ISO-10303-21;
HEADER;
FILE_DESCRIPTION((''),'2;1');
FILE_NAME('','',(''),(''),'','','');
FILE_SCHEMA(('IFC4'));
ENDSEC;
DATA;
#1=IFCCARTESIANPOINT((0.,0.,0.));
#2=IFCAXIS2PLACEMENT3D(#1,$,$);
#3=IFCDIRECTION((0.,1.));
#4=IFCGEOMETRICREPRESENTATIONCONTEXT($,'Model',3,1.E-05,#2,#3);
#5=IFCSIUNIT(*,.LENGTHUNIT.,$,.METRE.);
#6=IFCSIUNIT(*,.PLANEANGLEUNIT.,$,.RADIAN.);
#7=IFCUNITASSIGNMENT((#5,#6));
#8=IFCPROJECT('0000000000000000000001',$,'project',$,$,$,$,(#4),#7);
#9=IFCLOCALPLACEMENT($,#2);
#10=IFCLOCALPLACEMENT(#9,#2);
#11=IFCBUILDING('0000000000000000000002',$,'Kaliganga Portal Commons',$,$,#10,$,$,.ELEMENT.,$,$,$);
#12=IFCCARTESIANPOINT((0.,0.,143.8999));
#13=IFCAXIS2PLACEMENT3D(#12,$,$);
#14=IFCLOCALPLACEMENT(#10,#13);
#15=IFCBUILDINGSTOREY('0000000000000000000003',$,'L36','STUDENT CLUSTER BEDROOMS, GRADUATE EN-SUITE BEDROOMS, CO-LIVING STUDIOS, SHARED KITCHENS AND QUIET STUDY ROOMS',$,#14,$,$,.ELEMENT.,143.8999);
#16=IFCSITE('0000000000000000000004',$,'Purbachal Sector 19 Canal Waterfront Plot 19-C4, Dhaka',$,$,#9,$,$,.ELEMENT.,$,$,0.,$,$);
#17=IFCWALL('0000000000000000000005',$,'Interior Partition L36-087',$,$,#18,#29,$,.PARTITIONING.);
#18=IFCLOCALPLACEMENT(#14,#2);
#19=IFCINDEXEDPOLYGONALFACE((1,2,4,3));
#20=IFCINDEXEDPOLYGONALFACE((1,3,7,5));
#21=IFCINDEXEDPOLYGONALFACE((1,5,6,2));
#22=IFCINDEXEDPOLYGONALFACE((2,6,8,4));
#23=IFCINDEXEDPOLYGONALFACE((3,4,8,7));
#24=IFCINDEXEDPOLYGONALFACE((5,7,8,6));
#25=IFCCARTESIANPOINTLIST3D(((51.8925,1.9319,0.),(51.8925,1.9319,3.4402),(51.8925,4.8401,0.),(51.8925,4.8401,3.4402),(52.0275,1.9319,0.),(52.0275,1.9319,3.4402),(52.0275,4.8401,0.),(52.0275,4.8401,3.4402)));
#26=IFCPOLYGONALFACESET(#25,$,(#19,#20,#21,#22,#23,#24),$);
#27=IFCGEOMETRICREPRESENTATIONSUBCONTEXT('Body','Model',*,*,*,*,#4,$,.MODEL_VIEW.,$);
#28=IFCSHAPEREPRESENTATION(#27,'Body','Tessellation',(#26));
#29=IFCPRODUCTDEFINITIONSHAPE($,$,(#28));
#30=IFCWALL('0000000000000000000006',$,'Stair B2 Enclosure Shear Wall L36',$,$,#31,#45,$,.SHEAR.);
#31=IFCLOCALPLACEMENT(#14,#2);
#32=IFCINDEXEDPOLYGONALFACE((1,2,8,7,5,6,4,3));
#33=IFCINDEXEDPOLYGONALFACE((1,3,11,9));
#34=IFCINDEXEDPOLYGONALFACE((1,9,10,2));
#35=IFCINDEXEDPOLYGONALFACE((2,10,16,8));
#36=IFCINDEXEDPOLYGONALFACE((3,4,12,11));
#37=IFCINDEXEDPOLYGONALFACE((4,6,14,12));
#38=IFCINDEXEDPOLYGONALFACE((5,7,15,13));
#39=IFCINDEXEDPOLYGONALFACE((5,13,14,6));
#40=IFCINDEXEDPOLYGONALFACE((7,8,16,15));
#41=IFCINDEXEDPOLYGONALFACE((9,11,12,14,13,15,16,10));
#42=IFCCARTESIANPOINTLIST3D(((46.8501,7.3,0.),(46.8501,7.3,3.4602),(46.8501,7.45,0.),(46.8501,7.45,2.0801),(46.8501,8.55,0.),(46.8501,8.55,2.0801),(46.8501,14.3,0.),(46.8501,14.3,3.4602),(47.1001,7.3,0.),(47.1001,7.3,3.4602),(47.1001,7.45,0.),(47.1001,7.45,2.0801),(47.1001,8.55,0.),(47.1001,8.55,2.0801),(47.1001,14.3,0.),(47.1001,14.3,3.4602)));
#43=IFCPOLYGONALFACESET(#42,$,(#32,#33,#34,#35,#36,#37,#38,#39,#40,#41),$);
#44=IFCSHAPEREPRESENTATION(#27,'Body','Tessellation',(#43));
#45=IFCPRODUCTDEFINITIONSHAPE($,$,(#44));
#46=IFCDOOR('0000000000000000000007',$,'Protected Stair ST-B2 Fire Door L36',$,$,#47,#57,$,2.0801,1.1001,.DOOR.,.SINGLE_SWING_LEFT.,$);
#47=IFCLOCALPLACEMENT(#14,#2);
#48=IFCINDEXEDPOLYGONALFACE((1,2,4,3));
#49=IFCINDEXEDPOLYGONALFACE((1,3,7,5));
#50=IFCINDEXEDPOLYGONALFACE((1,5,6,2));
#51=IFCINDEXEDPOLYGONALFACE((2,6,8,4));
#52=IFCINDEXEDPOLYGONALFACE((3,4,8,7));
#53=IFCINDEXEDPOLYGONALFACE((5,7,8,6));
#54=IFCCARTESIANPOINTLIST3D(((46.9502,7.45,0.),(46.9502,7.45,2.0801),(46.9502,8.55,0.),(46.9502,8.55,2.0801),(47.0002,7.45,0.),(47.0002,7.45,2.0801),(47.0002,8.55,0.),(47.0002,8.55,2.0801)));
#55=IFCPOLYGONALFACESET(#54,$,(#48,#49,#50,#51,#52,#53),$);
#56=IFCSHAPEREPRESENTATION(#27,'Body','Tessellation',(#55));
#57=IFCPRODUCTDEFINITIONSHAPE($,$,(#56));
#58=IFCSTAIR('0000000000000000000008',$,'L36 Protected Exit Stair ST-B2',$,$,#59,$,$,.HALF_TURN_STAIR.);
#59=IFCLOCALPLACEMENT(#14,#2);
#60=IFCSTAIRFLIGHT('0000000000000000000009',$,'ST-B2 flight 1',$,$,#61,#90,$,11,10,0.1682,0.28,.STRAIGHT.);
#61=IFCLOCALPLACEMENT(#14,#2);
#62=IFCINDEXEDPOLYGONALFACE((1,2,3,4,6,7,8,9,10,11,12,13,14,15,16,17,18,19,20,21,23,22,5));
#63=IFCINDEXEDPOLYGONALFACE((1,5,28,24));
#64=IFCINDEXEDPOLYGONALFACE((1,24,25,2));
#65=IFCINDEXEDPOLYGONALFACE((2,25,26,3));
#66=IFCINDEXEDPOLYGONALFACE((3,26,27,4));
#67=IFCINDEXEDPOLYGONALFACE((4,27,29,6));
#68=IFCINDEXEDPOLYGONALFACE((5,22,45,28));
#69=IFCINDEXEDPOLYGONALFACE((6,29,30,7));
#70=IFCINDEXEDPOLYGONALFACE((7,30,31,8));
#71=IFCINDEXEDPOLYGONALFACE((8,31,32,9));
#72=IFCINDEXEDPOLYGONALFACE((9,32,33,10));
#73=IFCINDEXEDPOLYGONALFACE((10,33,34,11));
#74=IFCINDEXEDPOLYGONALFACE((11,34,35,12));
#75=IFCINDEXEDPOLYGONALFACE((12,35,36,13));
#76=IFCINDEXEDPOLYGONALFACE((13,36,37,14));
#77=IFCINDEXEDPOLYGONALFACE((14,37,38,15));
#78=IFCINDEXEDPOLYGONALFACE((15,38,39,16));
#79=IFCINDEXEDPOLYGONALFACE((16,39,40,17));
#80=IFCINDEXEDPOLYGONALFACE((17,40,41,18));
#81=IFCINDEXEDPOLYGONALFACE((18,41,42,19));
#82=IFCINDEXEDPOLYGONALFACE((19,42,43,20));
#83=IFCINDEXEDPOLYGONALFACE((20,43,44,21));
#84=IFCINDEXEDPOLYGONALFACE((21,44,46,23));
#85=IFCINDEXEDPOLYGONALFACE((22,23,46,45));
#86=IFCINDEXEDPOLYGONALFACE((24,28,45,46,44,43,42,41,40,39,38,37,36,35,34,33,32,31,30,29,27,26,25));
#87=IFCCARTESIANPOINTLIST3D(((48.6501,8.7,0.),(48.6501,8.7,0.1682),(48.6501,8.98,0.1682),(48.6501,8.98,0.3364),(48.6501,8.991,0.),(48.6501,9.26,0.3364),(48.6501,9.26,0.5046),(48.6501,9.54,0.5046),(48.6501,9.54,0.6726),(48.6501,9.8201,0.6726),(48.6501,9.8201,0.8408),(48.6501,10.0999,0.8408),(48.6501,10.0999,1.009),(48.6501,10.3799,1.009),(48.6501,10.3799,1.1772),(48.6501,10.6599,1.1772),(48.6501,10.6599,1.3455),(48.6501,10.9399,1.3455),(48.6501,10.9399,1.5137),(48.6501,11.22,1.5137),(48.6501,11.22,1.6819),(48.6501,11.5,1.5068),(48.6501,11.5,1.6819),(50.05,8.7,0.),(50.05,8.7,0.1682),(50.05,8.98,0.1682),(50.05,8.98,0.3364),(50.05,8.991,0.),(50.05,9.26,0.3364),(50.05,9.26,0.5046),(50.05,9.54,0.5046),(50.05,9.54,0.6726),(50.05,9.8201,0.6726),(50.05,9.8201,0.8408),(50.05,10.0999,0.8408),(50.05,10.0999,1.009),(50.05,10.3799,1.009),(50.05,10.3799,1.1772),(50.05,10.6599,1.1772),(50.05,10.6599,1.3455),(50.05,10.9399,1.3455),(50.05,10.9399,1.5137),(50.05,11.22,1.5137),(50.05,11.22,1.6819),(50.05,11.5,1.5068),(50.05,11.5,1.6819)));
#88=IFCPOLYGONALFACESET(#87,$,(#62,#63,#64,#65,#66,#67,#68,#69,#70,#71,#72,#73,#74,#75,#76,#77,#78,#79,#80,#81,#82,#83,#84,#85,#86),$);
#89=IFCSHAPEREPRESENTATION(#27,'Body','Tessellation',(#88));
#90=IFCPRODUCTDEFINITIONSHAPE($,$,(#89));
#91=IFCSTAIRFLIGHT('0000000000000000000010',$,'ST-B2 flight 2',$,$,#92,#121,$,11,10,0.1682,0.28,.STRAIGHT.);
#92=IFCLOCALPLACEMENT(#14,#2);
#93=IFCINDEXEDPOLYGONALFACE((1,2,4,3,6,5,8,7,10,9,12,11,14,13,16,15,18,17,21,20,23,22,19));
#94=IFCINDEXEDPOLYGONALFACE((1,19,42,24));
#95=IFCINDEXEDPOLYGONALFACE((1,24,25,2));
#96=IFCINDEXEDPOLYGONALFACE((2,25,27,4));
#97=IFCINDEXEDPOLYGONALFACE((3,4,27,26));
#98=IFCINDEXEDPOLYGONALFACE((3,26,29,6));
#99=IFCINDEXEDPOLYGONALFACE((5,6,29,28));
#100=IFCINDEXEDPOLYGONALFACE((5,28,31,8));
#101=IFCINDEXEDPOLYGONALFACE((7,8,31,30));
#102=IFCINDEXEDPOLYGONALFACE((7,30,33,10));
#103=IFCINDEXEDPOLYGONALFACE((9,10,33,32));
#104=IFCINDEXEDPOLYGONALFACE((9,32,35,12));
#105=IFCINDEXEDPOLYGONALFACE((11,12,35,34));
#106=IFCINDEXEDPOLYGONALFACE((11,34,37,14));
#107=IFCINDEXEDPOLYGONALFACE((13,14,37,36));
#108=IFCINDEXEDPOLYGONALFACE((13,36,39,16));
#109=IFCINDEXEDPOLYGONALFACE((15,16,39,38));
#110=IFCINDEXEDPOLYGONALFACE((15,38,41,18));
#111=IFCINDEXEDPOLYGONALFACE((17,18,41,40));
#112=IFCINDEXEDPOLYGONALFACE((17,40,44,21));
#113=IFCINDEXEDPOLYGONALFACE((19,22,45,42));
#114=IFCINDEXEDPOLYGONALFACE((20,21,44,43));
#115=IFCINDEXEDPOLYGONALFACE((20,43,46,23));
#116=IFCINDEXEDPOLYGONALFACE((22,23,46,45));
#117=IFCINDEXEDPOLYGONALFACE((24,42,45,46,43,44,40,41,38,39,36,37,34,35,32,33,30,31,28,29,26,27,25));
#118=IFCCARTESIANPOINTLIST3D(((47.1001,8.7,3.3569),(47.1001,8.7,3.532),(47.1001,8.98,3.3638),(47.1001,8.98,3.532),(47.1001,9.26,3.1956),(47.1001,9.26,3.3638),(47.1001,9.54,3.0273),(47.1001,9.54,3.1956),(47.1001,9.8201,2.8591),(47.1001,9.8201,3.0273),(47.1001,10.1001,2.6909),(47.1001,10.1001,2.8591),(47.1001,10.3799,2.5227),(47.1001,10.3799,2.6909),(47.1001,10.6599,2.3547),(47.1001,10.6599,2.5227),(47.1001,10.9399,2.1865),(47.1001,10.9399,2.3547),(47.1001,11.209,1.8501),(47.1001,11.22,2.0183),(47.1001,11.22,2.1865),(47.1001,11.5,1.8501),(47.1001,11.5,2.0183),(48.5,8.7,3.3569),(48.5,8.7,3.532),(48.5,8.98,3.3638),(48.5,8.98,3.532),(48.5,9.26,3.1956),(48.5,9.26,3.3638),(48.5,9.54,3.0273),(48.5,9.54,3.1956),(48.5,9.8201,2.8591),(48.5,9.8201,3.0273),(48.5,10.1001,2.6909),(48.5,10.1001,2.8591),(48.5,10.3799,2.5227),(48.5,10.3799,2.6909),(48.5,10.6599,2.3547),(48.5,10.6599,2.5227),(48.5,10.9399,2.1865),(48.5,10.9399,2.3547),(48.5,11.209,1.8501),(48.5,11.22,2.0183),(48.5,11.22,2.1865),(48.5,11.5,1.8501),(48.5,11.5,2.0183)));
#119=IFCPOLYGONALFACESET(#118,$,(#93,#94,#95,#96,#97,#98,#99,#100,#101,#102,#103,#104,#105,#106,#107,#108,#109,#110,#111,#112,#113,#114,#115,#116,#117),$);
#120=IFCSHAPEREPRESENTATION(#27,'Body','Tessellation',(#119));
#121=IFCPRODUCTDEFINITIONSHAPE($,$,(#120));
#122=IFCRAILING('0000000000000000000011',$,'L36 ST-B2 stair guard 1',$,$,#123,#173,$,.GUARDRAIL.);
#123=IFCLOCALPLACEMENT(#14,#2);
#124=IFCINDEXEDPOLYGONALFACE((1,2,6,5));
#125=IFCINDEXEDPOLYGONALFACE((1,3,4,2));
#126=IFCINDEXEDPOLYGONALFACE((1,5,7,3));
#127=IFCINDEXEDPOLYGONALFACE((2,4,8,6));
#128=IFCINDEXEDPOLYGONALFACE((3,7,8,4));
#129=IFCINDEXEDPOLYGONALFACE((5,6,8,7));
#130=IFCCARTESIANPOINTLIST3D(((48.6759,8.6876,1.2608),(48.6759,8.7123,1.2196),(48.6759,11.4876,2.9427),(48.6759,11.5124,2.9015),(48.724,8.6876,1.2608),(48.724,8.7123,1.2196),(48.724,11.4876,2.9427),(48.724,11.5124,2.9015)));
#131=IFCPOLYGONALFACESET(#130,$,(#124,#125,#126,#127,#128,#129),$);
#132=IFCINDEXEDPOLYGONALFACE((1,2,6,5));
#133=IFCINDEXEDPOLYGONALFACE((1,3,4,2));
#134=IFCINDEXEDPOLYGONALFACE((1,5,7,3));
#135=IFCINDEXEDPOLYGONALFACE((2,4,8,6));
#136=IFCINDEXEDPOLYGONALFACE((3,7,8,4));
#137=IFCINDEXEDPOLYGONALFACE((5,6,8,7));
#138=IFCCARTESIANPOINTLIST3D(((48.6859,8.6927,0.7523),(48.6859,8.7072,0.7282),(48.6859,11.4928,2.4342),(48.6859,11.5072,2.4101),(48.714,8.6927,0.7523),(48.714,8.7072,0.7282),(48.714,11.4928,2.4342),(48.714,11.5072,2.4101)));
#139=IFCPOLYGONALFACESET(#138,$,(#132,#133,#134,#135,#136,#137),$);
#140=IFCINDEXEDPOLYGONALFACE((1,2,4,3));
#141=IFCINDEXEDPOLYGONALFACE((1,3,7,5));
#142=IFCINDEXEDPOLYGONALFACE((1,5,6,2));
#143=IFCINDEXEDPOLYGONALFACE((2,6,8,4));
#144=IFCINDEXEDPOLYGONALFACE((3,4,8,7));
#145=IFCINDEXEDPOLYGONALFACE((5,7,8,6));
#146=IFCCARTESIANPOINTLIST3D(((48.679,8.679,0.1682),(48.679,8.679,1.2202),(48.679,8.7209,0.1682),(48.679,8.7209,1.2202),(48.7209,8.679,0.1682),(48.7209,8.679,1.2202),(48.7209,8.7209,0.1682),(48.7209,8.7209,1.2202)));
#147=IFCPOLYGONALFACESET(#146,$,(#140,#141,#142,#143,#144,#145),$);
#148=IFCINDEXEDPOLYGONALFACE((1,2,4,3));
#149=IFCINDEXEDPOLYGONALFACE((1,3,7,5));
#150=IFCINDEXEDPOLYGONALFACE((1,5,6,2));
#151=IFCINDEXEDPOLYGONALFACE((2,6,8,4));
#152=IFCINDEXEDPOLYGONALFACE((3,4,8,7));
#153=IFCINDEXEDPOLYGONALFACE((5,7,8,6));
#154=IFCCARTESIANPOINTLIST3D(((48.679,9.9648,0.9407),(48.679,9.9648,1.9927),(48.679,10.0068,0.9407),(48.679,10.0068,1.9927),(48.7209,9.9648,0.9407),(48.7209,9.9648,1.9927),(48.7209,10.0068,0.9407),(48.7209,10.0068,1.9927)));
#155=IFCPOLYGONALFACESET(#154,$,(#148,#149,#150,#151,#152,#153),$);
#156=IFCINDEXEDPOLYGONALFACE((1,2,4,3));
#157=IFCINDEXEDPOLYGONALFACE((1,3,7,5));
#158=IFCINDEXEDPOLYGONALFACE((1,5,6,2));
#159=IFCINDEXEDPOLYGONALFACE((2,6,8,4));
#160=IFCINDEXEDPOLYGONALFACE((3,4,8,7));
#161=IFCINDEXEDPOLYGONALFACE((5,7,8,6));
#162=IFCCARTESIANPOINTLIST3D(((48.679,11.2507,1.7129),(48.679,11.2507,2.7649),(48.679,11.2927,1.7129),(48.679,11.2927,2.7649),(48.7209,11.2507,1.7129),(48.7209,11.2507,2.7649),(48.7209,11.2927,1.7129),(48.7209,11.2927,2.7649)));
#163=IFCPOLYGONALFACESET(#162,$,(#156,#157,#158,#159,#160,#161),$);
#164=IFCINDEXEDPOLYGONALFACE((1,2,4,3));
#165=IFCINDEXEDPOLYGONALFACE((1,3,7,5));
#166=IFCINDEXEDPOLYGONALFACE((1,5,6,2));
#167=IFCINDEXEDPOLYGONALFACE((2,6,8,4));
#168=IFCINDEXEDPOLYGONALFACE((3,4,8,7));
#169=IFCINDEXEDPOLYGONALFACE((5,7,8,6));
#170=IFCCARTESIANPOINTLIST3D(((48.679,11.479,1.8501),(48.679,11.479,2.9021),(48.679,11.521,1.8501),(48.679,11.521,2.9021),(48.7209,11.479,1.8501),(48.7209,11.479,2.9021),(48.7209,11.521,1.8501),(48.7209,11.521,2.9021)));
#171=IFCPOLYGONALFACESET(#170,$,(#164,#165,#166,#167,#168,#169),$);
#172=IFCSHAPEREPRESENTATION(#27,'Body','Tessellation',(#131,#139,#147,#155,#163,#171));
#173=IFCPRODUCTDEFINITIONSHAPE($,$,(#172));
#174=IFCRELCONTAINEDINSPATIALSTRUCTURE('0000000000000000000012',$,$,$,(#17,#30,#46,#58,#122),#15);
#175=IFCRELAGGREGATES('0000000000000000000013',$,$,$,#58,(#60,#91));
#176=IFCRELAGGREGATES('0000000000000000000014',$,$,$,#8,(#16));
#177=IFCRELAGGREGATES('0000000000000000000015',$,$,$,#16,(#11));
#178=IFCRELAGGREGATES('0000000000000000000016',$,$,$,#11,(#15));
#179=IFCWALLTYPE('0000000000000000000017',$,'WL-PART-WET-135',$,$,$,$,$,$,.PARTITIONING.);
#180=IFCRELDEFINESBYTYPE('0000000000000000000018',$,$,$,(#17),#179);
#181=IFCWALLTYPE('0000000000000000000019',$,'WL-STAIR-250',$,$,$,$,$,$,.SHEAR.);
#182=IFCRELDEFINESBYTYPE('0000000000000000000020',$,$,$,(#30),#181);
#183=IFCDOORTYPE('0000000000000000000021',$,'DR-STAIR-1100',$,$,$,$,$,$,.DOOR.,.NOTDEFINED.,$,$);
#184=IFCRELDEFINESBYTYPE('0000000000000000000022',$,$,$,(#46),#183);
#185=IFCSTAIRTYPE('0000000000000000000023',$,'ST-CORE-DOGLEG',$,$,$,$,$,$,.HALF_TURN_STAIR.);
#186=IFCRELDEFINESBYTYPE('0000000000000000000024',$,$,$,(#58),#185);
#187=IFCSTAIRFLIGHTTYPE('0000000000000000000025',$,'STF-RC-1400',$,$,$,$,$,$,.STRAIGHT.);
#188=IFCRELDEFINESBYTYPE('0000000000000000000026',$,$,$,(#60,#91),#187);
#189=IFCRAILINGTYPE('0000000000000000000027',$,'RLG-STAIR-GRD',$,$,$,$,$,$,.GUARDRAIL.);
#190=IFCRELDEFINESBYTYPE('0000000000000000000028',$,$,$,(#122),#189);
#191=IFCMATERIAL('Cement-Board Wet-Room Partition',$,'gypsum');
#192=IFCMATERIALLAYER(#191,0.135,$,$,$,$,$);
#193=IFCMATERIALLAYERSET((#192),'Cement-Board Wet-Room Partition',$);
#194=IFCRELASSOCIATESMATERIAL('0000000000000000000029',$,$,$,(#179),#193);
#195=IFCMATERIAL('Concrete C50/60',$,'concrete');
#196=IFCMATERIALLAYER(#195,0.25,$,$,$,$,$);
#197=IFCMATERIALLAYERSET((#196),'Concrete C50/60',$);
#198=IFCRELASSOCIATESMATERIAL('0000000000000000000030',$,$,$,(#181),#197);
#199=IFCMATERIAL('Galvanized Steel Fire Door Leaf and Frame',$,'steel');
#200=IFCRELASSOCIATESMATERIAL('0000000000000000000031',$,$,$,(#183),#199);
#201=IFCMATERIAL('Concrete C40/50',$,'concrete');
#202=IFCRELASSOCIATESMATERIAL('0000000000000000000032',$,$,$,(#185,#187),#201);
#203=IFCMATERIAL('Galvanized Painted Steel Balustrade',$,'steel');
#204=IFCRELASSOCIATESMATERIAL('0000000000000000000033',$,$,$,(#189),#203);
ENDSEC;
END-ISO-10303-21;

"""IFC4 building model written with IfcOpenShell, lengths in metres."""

from ifc_helpers import new_model, si_unit, direction, frame, frame_2d, origin, origin_2d, place, context, subcontext, project, spatial, polyline, rectangle, outline, extrude, material, layer, layer_set, type_object, element, fill, aggregate, save


model = new_model("IFC4")

# Units and contexts
model_context = context("Model", 3, precision=1e-05, world=origin(), true_north=direction((0.0, 1.0)))
body_context = subcontext(model_context, "Body", "Model", "MODEL_VIEW")
ifc_project = project(units=[si_unit("LENGTHUNIT", "METRE"), si_unit("PLANEANGLEUNIT", "RADIAN")], contexts=[model_context])

# Site, building, storey
site_placement = place(None, origin())
site = spatial("IfcSite", under=ifc_project, at=site_placement, Name="Purbachal Sector 19 Canal Waterfront Plot 19-C4, Dhaka", CompositionType="ELEMENT", RefElevation=0.0)
building_placement = place(site_placement, origin())
building = spatial("IfcBuilding", under=site, at=building_placement, Name="Kaliganga Portal Commons", CompositionType="ELEMENT")
storey_placement = place(building_placement, frame((0.0, 0.0, 143.8999)))
storey = spatial("IfcBuildingStorey", under=building, at=storey_placement, Name="L36", Description="STUDENT CLUSTER BEDROOMS, GRADUATE EN-SUITE BEDROOMS, CO-LIVING STUDIOS, SHARED KITCHENS AND QUIET STUDY ROOMS", CompositionType="ELEMENT", Elevation=143.8999)

# Wall
ifc_material_1 = material(Name="Cement-Board Wet-Room Partition", Category="gypsum")
ifc_layer_1 = layer(ifc_material_1, 0.135)
ifc_layer_set_1 = layer_set([ifc_layer_1], Name="Cement-Board Wet-Room Partition")
wall_type_1 = type_object("IfcWallType", Name="WL-PART-WET-135", PredefinedType="PARTITIONING", material=ifc_layer_set_1)
wall_1_placement = place(storey_placement, frame((51.96, 1.9319, 0.0), z_axis=(0.0, 0.0, 1.0), x_axis=(0.0, 1.0, 0.0)))
element("IfcWall", 1, at=wall_1_placement, inside=storey, type_object=wall_type_1, Name="Interior Partition L36-087", PredefinedType="PARTITIONING", context=body_context, shape_type="SweptSolid", body=[
    extrude(rectangle(XDim=2.9082, YDim=0.135, at=frame_2d((1.4541, 0.0))), origin(), (0.0, 0.0, 1.0), 3.4402),
])

# Wall, opening, door
ifc_material_2 = material(Name="Concrete C50/60", Category="concrete")
ifc_layer_2 = layer(ifc_material_2, 0.25)
ifc_layer_set_2 = layer_set([ifc_layer_2], Name="Concrete C50/60")
wall_type_2 = type_object("IfcWallType", Name="WL-STAIR-250", PredefinedType="SHEAR", material=ifc_layer_set_2)
wall_2_placement = place(storey_placement, frame((46.9751, 7.3, 0.0), z_axis=(0.0, 0.0, 1.0), x_axis=(0.0, 1.0, 0.0)))
wall_2 = element("IfcWall", 2, at=wall_2_placement, inside=storey, type_object=wall_type_2, Name="Stair B2 Enclosure Shear Wall L36", PredefinedType="SHEAR", context=body_context, shape_type="SweptSolid", body=[
    extrude(rectangle(XDim=7.0, YDim=0.25, at=frame_2d((3.5, 0.0))), origin(), (0.0, 0.0, 1.0), 3.4602),
])
opening_1_placement = place(wall_2_placement, frame((0.1499, 0.0, 0.0)))
opening_1 = element("IfcOpeningElement", 3, at=opening_1_placement, cuts=wall_2, PredefinedType="OPENING", context=body_context, shape_type="SweptSolid", body=[
    extrude(rectangle(XDim=1.1001, YDim=2.0801, at=frame_2d((0.55, 1.04))), frame((0.0, 0.135, 0.0), z_axis=(0.0, -1.0, 0.0), x_axis=(1.0, 0.0, 0.0)), (0.0, 0.0, 1.0), 0.27),
])
ifc_material_3 = material(Name="Galvanized Steel Fire Door Leaf and Frame", Category="steel")
door_type_1 = type_object("IfcDoorType", Name="DR-STAIR-1100", OperationType="NOTDEFINED", PredefinedType="DOOR", material=ifc_material_3)
door_1_placement = place(opening_1_placement, origin())
door_1 = element("IfcDoor", 4, at=door_1_placement, inside=storey, type_object=door_type_1, Name="Protected Stair ST-B2 Fire Door L36", OperationType="SINGLE_SWING_LEFT", OverallHeight=2.0801, OverallWidth=1.1001, PredefinedType="DOOR", context=body_context, shape_type="SweptSolid", body=[
    extrude(rectangle(XDim=1.1001, YDim=2.0801, at=frame_2d((0.55, 1.04))), frame((0.0, 0.0249, 0.0), z_axis=(0.0, -1.0, 0.0), x_axis=(1.0, 0.0, 0.0)), (0.0, 0.0, 1.0), 0.05),
])
fill(opening_1, door_1)

# Stair, stair flights
ifc_material_4 = material(Name="Concrete C40/50", Category="concrete")
stair_type = type_object("IfcStairType", Name="ST-CORE-DOGLEG", PredefinedType="HALF_TURN_STAIR", material=ifc_material_4)
stair_placement = place(storey_placement, origin())
stair = element("IfcStair", 5, at=stair_placement, inside=storey, type_object=stair_type, Name="L36 Protected Exit Stair ST-B2", PredefinedType="HALF_TURN_STAIR")
stair_flight_type = type_object("IfcStairFlightType", Name="STF-RC-1400", PredefinedType="STRAIGHT", material=ifc_material_4)
stair_flight_1_placement = place(storey_placement, frame((49.3501, 8.7, 0.0), z_axis=(0.0, 0.0, 1.0), x_axis=(0.0, 1.0, 0.0)))
stair_flight_1 = element("IfcStairFlight", 6, at=stair_flight_1_placement, type_object=stair_flight_type, Name="ST-B2 flight 1", NumberOfRisers=11, NumberOfTreads=10, PredefinedType="STRAIGHT", RiserHeight=0.1682, TreadLength=0.28, context=body_context, shape_type="SweptSolid", body=[
    extrude(outline(polyline([(0.0, 0.0), (0.0, 0.1682), (0.28, 0.1682), (0.28, 0.3364), (0.5601, 0.3364), (0.5601, 0.5046), (0.8401, 0.5046), (0.8401, 0.6726), (1.1201, 0.6726), (1.1201, 0.8408), (1.3999, 0.8408), (1.3999, 1.009), (1.6799, 1.009), (1.6799, 1.1772), (1.96, 1.1772), (1.96, 1.3455), (2.24, 1.3455), (2.24, 1.5137), (2.52, 1.5137), (2.52, 1.6819), (2.8, 1.6819), (2.8, 1.8501), (2.8, 1.5068), (0.291, 0.0), (0.0, 0.0)])), frame((0.0, 0.7, 0.0), z_axis=(0.0, -1.0, 0.0), x_axis=(1.0, 0.0, 0.0)), (0.0, 0.0, 1.0), 1.3999),
])
stair_flight_2_placement = place(storey_placement, frame((47.8, 11.5, 1.8501), z_axis=(0.0, 0.0, 1.0), x_axis=(0.0, -1.0, 0.0)))
stair_flight_2 = element("IfcStairFlight", 7, at=stair_flight_2_placement, type_object=stair_flight_type, Name="ST-B2 flight 2", NumberOfRisers=11, NumberOfTreads=10, PredefinedType="STRAIGHT", RiserHeight=0.1682, TreadLength=0.28, context=body_context, shape_type="SweptSolid", body=[
    extrude(outline(polyline([(0.0, 0.0), (0.0, 0.1682), (0.28, 0.1682), (0.28, 0.3364), (0.5601, 0.3364), (0.5601, 0.5046), (0.8401, 0.5046), (0.8401, 0.6726), (1.1201, 0.6726), (1.1201, 0.8408), (1.3999, 0.8408), (1.3999, 1.009), (1.6799, 1.009), (1.6799, 1.1772), (1.96, 1.1772), (1.96, 1.3455), (2.24, 1.3455), (2.24, 1.5137), (2.52, 1.5137), (2.52, 1.6819), (2.8, 1.6819), (2.8, 1.8501), (2.8, 1.5068), (0.291, 0.0), (0.0, 0.0)])), frame((0.0, 0.7, 0.0), z_axis=(0.0, -1.0, 0.0), x_axis=(1.0, 0.0, 0.0)), (0.0, 0.0, 1.0), 1.3999),
])
aggregate(stair, [stair_flight_1, stair_flight_2])

# Railing
ifc_material_5 = material(Name="Galvanized Painted Steel Balustrade", Category="steel")
railing_type_1 = type_object("IfcRailingType", Name="RLG-STAIR-GRD", PredefinedType="GUARDRAIL", material=ifc_material_5)
railing_1_placement = place(storey_placement, frame((48.7, 8.7, 0.1682)))
element("IfcRailing", 8, at=railing_1_placement, inside=storey, type_object=railing_type_1, Name="L36 ST-B2 stair guard 1", PredefinedType="GUARDRAIL", context=body_context, shape_type="SweptSolid", body=[
    extrude(rectangle(XDim=0.0481, YDim=0.0481, at=origin_2d()), frame((0.0, 0.0, 1.072), z_axis=(0.0, 0.857242, 0.514913), x_axis=(-1.0, 0.0, 0.0)), (0.0, 0.0, 1.0), 3.2664),
    extrude(rectangle(XDim=0.0281, YDim=0.0281, at=origin_2d()), frame((0.0, 0.0, 0.572), z_axis=(0.0, 0.857242, 0.514913), x_axis=(-1.0, 0.0, 0.0)), (0.0, 0.0, 1.0), 3.2664),
    extrude(rectangle(XDim=0.042, YDim=0.042, at=origin_2d()), origin(), (0.0, 0.0, 1.0), 1.052),
    extrude(rectangle(XDim=0.042, YDim=0.042, at=origin_2d()), frame((0.0, 1.2859, 0.7725)), (0.0, 0.0, 1.0), 1.052),
    extrude(rectangle(XDim=0.042, YDim=0.042, at=origin_2d()), frame((0.0, 2.5718, 1.5447)), (0.0, 0.0, 1.0), 1.052),
    extrude(rectangle(XDim=0.042, YDim=0.042, at=origin_2d()), frame((0.0, 2.8, 1.6819)), (0.0, 0.0, 1.0), 1.052),
])

save(model, "model.ifc")
